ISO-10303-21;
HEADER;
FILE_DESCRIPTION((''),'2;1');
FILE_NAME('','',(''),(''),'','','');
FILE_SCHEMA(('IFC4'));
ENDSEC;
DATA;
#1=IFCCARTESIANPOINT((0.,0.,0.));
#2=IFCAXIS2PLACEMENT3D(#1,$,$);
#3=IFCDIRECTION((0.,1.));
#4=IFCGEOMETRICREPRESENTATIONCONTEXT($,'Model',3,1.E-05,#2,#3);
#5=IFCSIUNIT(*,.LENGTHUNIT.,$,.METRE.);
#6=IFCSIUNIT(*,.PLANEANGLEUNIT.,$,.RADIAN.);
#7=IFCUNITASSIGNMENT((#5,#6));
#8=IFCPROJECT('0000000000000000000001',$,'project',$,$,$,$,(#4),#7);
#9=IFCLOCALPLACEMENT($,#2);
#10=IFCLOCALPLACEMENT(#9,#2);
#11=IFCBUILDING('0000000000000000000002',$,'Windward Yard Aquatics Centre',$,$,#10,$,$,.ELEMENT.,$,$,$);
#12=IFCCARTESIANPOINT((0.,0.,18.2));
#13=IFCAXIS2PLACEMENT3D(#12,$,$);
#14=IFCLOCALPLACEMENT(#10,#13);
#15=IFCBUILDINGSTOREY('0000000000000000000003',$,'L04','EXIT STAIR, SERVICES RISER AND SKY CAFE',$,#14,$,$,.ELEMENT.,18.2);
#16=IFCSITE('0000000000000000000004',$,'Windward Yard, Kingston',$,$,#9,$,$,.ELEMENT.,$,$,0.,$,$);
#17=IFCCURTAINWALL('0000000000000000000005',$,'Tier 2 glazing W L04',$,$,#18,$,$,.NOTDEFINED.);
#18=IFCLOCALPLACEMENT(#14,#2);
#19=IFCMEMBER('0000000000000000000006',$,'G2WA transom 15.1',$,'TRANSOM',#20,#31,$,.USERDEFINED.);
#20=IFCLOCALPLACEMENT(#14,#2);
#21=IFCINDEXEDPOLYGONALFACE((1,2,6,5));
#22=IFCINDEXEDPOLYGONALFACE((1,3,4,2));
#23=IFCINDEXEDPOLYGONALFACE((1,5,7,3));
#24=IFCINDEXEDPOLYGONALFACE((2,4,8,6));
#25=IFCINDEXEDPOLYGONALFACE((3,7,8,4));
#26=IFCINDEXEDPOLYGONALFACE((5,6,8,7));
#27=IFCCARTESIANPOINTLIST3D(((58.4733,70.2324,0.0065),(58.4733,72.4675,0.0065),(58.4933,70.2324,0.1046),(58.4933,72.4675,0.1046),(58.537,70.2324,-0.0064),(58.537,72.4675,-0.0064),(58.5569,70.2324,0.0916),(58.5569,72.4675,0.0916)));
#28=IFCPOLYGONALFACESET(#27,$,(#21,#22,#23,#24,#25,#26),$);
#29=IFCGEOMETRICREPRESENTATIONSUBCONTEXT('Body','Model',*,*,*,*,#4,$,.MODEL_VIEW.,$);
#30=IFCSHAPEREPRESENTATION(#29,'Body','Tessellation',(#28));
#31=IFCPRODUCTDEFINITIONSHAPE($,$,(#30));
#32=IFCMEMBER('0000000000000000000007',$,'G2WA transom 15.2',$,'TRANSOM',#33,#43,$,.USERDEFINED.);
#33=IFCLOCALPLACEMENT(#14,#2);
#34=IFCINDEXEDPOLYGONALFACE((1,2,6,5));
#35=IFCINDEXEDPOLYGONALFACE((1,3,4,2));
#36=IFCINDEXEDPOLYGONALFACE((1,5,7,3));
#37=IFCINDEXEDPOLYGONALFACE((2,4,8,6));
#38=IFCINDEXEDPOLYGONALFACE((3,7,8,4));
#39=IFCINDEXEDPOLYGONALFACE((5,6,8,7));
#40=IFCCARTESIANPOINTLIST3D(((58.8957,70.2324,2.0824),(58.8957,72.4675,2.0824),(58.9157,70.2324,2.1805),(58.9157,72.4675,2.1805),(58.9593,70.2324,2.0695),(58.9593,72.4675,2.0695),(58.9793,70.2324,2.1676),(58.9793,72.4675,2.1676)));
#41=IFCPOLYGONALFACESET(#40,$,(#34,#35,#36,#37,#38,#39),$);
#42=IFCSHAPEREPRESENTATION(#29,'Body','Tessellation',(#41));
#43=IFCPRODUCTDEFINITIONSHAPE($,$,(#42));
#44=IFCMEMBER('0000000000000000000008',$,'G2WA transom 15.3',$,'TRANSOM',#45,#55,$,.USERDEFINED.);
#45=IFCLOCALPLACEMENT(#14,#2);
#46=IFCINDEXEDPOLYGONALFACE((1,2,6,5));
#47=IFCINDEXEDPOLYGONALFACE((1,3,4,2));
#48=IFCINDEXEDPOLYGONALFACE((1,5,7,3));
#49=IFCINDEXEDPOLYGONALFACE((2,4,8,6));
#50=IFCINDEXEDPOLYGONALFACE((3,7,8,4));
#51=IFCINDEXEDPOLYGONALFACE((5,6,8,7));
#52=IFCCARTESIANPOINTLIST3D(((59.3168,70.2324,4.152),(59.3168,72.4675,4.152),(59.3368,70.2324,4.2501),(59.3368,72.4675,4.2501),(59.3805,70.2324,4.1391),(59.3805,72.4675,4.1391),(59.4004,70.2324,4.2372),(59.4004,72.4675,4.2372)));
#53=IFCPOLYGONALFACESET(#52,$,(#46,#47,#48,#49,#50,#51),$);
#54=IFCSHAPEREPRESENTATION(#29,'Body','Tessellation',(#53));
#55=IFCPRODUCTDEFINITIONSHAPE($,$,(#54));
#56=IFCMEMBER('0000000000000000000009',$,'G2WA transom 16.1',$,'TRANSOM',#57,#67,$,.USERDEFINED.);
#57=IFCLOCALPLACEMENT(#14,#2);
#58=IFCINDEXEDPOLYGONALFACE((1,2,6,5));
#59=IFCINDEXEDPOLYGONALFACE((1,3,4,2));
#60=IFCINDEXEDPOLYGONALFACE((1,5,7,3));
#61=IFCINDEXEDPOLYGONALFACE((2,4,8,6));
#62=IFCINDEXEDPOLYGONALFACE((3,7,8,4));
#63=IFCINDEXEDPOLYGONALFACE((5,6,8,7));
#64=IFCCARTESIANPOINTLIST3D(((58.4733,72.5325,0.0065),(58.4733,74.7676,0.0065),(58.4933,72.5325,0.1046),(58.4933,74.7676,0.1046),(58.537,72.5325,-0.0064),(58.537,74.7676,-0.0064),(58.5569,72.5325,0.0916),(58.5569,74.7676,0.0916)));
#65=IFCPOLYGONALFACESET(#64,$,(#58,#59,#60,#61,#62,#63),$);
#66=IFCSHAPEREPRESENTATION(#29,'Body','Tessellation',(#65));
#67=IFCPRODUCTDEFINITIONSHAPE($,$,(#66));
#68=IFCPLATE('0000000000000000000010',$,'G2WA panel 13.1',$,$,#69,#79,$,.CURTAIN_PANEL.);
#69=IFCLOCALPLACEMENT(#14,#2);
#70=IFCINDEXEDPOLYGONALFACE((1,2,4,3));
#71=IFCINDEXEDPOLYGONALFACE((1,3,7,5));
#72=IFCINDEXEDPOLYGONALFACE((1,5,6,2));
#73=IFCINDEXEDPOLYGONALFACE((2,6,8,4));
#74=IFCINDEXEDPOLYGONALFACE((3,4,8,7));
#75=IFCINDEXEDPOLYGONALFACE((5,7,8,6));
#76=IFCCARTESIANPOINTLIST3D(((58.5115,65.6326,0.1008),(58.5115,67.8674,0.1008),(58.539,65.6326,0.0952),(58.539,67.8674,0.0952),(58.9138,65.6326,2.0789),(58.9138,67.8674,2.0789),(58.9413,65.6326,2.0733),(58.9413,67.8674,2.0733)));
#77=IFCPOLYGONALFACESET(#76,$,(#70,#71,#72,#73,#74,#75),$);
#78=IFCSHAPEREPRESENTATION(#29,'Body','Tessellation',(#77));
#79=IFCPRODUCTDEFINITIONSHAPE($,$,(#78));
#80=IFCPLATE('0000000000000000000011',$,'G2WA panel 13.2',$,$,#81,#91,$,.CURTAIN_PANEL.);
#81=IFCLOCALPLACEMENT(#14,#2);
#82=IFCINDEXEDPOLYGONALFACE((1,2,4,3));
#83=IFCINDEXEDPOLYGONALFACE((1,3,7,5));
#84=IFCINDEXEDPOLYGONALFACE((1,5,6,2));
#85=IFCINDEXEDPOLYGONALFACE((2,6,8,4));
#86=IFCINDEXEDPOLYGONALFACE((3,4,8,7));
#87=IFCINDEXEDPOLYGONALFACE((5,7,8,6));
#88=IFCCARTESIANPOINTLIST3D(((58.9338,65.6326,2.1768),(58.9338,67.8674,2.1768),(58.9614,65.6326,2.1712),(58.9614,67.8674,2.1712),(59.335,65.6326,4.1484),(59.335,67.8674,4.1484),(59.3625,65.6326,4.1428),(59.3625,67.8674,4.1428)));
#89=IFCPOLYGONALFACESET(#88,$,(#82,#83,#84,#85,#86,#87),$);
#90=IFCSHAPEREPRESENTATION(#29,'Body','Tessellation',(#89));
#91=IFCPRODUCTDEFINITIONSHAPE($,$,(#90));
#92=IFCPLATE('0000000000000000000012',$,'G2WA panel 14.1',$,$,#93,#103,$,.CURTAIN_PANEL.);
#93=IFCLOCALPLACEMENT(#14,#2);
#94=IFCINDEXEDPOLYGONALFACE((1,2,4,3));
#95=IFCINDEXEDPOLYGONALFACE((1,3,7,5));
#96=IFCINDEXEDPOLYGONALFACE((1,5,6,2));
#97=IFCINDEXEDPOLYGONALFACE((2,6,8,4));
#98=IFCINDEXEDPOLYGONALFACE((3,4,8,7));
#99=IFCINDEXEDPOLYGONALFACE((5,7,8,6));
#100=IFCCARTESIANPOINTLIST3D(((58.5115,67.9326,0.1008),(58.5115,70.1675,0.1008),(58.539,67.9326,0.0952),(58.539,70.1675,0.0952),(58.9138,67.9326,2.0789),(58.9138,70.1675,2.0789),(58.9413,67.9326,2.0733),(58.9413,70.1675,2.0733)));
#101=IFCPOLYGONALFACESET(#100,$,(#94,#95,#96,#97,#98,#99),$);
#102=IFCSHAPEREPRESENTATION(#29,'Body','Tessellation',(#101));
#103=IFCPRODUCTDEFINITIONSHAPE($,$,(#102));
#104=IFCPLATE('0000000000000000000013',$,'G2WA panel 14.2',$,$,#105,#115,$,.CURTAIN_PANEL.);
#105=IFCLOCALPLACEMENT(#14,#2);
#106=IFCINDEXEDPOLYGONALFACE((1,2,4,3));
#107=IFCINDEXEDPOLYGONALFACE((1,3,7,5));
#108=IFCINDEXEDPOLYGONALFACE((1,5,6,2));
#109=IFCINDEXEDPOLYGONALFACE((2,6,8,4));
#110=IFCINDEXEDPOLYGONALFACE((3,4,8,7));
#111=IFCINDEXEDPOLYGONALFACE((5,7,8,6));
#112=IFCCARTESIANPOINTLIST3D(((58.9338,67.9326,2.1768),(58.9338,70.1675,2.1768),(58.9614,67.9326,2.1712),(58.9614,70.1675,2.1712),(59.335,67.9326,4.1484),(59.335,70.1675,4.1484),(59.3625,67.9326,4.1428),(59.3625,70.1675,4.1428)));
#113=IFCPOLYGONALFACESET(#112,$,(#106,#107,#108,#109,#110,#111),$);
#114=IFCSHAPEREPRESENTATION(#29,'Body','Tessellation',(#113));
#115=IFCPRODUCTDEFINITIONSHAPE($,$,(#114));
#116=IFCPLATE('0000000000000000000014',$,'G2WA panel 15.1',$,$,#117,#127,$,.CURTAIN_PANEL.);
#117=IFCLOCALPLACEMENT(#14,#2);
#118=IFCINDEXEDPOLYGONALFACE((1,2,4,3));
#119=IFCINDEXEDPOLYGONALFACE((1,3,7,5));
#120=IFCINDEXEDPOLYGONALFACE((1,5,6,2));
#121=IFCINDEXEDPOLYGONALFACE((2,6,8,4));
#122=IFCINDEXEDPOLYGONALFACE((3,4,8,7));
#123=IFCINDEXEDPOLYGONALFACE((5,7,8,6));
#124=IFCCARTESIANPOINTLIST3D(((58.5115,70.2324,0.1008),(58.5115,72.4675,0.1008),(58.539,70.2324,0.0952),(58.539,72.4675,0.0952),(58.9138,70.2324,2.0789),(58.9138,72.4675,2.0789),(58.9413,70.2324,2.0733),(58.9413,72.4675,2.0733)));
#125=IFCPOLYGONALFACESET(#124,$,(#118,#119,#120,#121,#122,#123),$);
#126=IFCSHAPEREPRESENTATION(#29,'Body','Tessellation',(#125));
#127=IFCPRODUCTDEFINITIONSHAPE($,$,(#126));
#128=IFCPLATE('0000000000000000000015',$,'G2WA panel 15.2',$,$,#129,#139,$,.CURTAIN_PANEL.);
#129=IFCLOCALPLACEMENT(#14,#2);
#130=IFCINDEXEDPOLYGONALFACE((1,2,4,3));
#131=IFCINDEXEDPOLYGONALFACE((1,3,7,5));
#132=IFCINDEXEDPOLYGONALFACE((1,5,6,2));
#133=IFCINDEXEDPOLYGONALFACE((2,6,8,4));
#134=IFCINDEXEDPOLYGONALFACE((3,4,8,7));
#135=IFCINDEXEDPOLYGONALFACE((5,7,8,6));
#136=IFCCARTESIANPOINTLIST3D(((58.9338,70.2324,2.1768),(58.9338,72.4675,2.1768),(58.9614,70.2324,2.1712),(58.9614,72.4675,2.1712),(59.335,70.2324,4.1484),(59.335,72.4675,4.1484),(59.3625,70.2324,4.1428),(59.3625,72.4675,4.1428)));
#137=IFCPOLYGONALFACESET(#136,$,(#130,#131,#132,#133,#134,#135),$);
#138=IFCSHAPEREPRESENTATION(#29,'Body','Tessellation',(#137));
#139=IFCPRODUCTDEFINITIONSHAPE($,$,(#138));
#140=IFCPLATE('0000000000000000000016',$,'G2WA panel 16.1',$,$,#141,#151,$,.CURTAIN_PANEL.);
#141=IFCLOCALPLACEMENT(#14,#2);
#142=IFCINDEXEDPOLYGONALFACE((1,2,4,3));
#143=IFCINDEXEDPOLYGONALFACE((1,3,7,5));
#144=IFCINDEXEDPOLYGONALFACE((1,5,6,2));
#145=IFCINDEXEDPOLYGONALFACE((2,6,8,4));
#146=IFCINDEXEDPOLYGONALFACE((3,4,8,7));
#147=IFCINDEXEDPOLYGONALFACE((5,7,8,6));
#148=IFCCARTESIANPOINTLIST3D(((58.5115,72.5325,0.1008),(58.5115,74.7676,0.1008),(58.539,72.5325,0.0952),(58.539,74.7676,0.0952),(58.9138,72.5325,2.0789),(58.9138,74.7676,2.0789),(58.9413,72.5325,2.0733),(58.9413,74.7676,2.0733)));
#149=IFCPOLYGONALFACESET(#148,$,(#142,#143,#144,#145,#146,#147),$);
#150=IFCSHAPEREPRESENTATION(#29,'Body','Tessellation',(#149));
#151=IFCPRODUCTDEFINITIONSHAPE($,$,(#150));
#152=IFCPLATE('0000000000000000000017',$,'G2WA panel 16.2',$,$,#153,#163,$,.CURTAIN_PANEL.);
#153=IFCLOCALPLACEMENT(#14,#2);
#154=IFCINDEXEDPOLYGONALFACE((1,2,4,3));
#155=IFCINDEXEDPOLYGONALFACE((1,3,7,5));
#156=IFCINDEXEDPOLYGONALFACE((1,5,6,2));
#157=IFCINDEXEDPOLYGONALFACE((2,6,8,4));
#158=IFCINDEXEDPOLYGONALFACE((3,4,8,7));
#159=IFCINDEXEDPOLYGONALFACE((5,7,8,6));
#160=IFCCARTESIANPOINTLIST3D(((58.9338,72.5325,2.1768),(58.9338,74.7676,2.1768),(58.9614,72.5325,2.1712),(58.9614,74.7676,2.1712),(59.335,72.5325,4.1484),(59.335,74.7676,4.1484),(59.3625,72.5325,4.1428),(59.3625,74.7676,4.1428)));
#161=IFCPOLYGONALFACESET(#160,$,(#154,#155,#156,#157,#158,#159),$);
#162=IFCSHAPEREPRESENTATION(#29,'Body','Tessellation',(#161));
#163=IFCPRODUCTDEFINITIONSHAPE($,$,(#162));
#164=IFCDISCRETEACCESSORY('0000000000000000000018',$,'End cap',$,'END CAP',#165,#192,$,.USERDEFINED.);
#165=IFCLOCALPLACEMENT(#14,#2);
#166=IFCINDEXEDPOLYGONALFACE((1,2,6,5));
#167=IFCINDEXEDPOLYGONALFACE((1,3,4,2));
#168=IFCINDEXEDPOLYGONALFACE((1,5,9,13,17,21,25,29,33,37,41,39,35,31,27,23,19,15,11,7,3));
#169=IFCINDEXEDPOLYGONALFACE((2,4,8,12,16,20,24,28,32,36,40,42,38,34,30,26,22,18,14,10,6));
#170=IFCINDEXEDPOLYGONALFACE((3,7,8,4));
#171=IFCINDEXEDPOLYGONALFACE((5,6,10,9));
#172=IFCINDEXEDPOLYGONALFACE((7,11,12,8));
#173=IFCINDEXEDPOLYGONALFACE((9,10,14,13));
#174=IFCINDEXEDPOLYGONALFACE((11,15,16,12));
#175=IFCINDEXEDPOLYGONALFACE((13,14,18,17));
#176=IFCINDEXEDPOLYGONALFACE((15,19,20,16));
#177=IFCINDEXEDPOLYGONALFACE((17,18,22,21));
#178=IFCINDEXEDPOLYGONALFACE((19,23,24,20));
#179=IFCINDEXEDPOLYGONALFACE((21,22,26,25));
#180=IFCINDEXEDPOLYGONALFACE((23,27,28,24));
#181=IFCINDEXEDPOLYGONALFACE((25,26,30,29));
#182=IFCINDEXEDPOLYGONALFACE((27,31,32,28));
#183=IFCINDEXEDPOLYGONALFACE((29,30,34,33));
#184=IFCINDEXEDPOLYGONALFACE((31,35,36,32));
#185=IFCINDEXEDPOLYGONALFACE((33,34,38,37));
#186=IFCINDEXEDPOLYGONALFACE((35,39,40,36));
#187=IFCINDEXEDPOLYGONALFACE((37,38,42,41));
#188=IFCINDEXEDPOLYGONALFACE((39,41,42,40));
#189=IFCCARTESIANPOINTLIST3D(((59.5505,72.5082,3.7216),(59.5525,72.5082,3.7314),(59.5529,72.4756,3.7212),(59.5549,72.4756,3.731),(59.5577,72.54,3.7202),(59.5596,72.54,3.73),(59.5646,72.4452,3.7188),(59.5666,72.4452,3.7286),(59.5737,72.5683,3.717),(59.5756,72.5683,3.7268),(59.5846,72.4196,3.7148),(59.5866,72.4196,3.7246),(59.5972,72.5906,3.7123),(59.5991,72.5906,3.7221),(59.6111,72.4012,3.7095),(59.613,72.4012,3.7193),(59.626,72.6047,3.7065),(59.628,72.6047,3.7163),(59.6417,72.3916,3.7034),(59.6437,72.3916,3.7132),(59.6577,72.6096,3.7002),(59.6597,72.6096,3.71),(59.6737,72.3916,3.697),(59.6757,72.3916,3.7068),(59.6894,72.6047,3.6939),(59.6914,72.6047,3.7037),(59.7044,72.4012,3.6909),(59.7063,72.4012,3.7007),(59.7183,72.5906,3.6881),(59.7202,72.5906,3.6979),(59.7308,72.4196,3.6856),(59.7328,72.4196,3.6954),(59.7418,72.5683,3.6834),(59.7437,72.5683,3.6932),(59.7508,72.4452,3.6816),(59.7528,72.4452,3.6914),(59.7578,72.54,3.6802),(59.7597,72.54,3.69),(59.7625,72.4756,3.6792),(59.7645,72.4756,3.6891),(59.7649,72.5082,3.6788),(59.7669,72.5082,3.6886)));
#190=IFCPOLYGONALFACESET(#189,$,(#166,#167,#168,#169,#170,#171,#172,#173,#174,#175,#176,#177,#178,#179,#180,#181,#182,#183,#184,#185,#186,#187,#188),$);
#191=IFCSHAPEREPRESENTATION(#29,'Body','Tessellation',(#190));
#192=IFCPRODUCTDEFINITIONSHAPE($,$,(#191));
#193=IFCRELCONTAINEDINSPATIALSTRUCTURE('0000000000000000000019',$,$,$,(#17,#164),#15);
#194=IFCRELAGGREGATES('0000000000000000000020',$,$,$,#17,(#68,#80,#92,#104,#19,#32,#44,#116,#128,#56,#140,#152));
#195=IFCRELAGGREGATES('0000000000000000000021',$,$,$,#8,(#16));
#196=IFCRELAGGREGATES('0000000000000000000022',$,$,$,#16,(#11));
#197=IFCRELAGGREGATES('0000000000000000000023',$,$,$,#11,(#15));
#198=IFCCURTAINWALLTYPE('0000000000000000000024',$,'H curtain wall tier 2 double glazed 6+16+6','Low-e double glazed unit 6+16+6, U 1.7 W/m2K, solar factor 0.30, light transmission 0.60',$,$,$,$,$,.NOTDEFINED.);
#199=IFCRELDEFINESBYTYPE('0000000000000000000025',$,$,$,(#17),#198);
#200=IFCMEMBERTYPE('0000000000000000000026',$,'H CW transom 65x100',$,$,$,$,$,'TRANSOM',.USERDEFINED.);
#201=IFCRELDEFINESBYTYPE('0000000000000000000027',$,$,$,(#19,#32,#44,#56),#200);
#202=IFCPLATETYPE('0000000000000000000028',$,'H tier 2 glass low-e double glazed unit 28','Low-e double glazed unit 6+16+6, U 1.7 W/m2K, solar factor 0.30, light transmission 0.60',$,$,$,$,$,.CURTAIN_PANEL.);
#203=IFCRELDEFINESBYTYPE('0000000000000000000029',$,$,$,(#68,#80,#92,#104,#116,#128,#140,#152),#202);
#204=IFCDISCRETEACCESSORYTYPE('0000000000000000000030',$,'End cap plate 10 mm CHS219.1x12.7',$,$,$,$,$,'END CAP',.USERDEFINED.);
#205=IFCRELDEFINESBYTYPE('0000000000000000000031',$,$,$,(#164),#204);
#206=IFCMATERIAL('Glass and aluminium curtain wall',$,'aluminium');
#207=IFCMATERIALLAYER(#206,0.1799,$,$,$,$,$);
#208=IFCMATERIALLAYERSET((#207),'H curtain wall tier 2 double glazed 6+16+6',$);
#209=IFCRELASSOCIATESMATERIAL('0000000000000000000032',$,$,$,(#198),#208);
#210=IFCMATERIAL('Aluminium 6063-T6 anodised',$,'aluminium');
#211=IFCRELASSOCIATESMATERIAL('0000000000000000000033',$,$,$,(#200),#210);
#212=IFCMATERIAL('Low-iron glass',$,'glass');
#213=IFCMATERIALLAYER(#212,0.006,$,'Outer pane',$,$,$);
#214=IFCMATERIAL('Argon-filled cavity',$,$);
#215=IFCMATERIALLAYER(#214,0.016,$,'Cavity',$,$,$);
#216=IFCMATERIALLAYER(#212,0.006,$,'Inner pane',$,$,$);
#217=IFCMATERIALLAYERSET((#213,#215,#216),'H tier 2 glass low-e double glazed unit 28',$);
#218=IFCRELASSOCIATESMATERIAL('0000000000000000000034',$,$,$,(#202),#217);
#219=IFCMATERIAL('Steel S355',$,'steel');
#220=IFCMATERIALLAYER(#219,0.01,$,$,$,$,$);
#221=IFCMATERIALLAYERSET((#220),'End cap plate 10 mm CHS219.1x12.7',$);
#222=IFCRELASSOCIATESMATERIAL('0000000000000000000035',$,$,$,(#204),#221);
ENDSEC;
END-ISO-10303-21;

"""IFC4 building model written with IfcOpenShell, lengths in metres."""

from ifc_helpers import new_model, si_unit, direction, frame, origin, origin_2d, place, context, subcontext, project, spatial, polyline, rectangle, circle, outline, extrude, material, layer, layer_set, material_profile, profile_set, type_object, element, aggregate, save


model = new_model("IFC4")

# Units and contexts
model_context = context("Model", 3, precision=1e-05, world=origin(), true_north=direction((0.0, 1.0)))
body_context = subcontext(model_context, "Body", "Model", "MODEL_VIEW")
ifc_project = project(units=[si_unit("LENGTHUNIT", "METRE"), si_unit("PLANEANGLEUNIT", "RADIAN")], contexts=[model_context])

# Site, building, storey
site_placement = place(None, origin())
site = spatial("IfcSite", under=ifc_project, at=site_placement, Name="Windward Yard, Kingston", CompositionType="ELEMENT", RefElevation=0.0)
building_placement = place(site_placement, origin())
building = spatial("IfcBuilding", under=site, at=building_placement, Name="Windward Yard Aquatics Centre", CompositionType="ELEMENT")
storey_placement = place(building_placement, frame((0.0, 0.0, 18.2)))
storey = spatial("IfcBuildingStorey", under=building, at=storey_placement, Name="L04", Description="EXIT STAIR, SERVICES RISER AND SKY CAFE", CompositionType="ELEMENT", Elevation=18.2)

# Curtain wall, members, plates
ifc_material_1 = material(Name="Glass and aluminium curtain wall", Category="aluminium")
ifc_layer_1 = layer(ifc_material_1, 0.1799)
ifc_layer_set_1 = layer_set([ifc_layer_1], Name="H curtain wall tier 2 double glazed 6+16+6")
curtain_wall_type = type_object("IfcCurtainWallType", Name="H curtain wall tier 2 double glazed 6+16+6", Description="Low-e double glazed unit 6+16+6, U 1.7 W/m2K, solar factor 0.30, light transmission 0.60", PredefinedType="NOTDEFINED", material=ifc_layer_set_1)
curtain_wall_placement = place(storey_placement, origin())
curtain_wall = element("IfcCurtainWall", 1, at=curtain_wall_placement, inside=storey, type_object=curtain_wall_type, Name="Tier 2 glazing W L04", PredefinedType="NOTDEFINED")
ifc_material_2 = material(Name="Aluminium 6063-T6 anodised", Category="aluminium")
ifc_material_profile_1 = material_profile(ifc_material_2, rectangle(XDim=0.0649, YDim=0.1001, at=origin_2d()), Name="H CW transom 65x100")
ifc_profile_set_1 = profile_set([ifc_material_profile_1], Name="Aluminium 6063-T6 anodised")
member_type_1 = type_object("IfcMemberType", Name="H CW transom 65x100", ElementType="TRANSOM", PredefinedType="USERDEFINED", material=ifc_profile_set_1)
member_1_placement = place(storey_placement, frame((58.5151, 70.2324, 0.0491), z_axis=(0.0, 1.0, 0.0), x_axis=(-0.979925, 0.0, 0.199368)))
member_1 = element("IfcMember", 2, at=member_1_placement, type_object=member_type_1, Name="G2WA transom 15.1", ObjectType="TRANSOM", PredefinedType="USERDEFINED", context=body_context, shape_type="SweptSolid", body=[
    extrude(rectangle(XDim=0.0649, YDim=0.1001, at=origin_2d()), origin(), (0.0, 0.0, 1.0), 2.2351),
])
member_2_placement = place(storey_placement, frame((58.9375, 70.2324, 2.125), z_axis=(0.0, 1.0, 0.0), x_axis=(-0.979925, 0.0, 0.199368)))
member_2 = element("IfcMember", 3, at=member_2_placement, type_object=member_type_1, Name="G2WA transom 15.2", ObjectType="TRANSOM", PredefinedType="USERDEFINED", context=body_context, shape_type="SweptSolid", body=[
    extrude(rectangle(XDim=0.0649, YDim=0.1001, at=origin_2d()), origin(), (0.0, 0.0, 1.0), 2.2351),
])
member_3_placement = place(storey_placement, frame((59.3586, 70.2324, 4.1946), z_axis=(0.0, 1.0, 0.0), x_axis=(-0.979925, 0.0, 0.199368)))
member_3 = element("IfcMember", 4, at=member_3_placement, type_object=member_type_1, Name="G2WA transom 15.3", ObjectType="TRANSOM", PredefinedType="USERDEFINED", context=body_context, shape_type="SweptSolid", body=[
    extrude(rectangle(XDim=0.0649, YDim=0.1001, at=origin_2d()), origin(), (0.0, 0.0, 1.0), 2.2351),
])
member_4_placement = place(storey_placement, frame((58.5151, 72.5325, 0.0491), z_axis=(0.0, 1.0, 0.0), x_axis=(-0.979925, 0.0, 0.199368)))
member_4 = element("IfcMember", 5, at=member_4_placement, type_object=member_type_1, Name="G2WA transom 16.1", ObjectType="TRANSOM", PredefinedType="USERDEFINED", context=body_context, shape_type="SweptSolid", body=[
    extrude(rectangle(XDim=0.0649, YDim=0.1001, at=origin_2d()), origin(), (0.0, 0.0, 1.0), 2.2351),
])
ifc_material_3 = material(Name="Low-iron glass", Category="glass")
ifc_layer_2 = layer(ifc_material_3, 0.006, Name="Outer pane")
ifc_material_4 = material(Name="Argon-filled cavity")
ifc_layer_3 = layer(ifc_material_4, 0.016, Name="Cavity")
ifc_layer_4 = layer(ifc_material_3, 0.006, Name="Inner pane")
ifc_layer_set_2 = layer_set([ifc_layer_2, ifc_layer_3, ifc_layer_4], Name="H tier 2 glass low-e double glazed unit 28")
plate_type = type_object("IfcPlateType", Name="H tier 2 glass low-e double glazed unit 28", Description="Low-e double glazed unit 6+16+6, U 1.7 W/m2K, solar factor 0.30, light transmission 0.60", PredefinedType="CURTAIN_PANEL", material=ifc_layer_set_2)
plate_1_placement = place(storey_placement, frame((58.5115, 65.6326, 0.1008), z_axis=(-0.979933, 0.0, 0.199325), x_axis=(0.0, 1.0, 0.0)))
plate_1 = element("IfcPlate", 6, at=plate_1_placement, type_object=plate_type, Name="G2WA panel 13.1", PredefinedType="CURTAIN_PANEL", context=body_context, shape_type="SweptSolid", body=[
    extrude(outline(polyline([(0.0, 0.0), (2.2349, 0.0), (2.2349, -2.0185), (0.0, -2.0185), (0.0, 0.0)])), origin(), (0.0, 0.0, -1.0), 0.0281),
])
plate_2_placement = place(storey_placement, frame((58.9338, 65.6326, 2.1768), z_axis=(-0.979927, 0.0, 0.199359), x_axis=(0.0, 1.0, 0.0)))
plate_2 = element("IfcPlate", 7, at=plate_2_placement, type_object=plate_type, Name="G2WA panel 13.2", PredefinedType="CURTAIN_PANEL", context=body_context, shape_type="SweptSolid", body=[
    extrude(outline(polyline([(0.0, 0.0), (2.2349, 0.0), (2.2349, -2.0121), (0.0, -2.0121), (0.0, 0.0)])), origin(), (0.0, 0.0, -1.0), 0.0281),
])
plate_3_placement = place(storey_placement, frame((58.5115, 67.9326, 0.1008), z_axis=(-0.979933, 0.0, 0.199325), x_axis=(0.0, 1.0, 0.0)))
plate_3 = element("IfcPlate", 8, at=plate_3_placement, type_object=plate_type, Name="G2WA panel 14.1", PredefinedType="CURTAIN_PANEL", context=body_context, shape_type="SweptSolid", body=[
    extrude(outline(polyline([(0.0, 0.0), (2.2349, 0.0), (2.2349, -2.0185), (0.0, -2.0185), (0.0, 0.0)])), origin(), (0.0, 0.0, -1.0), 0.0281),
])
plate_4_placement = place(storey_placement, frame((58.9338, 67.9326, 2.1768), z_axis=(-0.979927, 0.0, 0.199359), x_axis=(0.0, 1.0, 0.0)))
plate_4 = element("IfcPlate", 9, at=plate_4_placement, type_object=plate_type, Name="G2WA panel 14.2", PredefinedType="CURTAIN_PANEL", context=body_context, shape_type="SweptSolid", body=[
    extrude(outline(polyline([(0.0, 0.0), (2.2349, 0.0), (2.2349, -2.0121), (0.0, -2.0121), (0.0, 0.0)])), origin(), (0.0, 0.0, -1.0), 0.0281),
])
plate_5_placement = place(storey_placement, frame((58.5115, 70.2324, 0.1008), z_axis=(-0.979933, 0.0, 0.199325), x_axis=(0.0, 1.0, 0.0)))
plate_5 = element("IfcPlate", 10, at=plate_5_placement, type_object=plate_type, Name="G2WA panel 15.1", PredefinedType="CURTAIN_PANEL", context=body_context, shape_type="SweptSolid", body=[
    extrude(outline(polyline([(0.0, 0.0), (2.2351, 0.0), (2.2351, -2.0185), (0.0, -2.0185), (0.0, 0.0)])), origin(), (0.0, 0.0, -1.0), 0.0281),
])
plate_6_placement = place(storey_placement, frame((58.9338, 70.2324, 2.1768), z_axis=(-0.979927, 0.0, 0.199359), x_axis=(0.0, 1.0, 0.0)))
plate_6 = element("IfcPlate", 11, at=plate_6_placement, type_object=plate_type, Name="G2WA panel 15.2", PredefinedType="CURTAIN_PANEL", context=body_context, shape_type="SweptSolid", body=[
    extrude(outline(polyline([(0.0, 0.0), (2.2351, 0.0), (2.2351, -2.0121), (0.0, -2.0121), (0.0, 0.0)])), origin(), (0.0, 0.0, -1.0), 0.0281),
])
plate_7_placement = place(storey_placement, frame((58.5115, 72.5325, 0.1008), z_axis=(-0.979933, 0.0, 0.199325), x_axis=(0.0, 1.0, 0.0)))
plate_7 = element("IfcPlate", 12, at=plate_7_placement, type_object=plate_type, Name="G2WA panel 16.1", PredefinedType="CURTAIN_PANEL", context=body_context, shape_type="SweptSolid", body=[
    extrude(outline(polyline([(0.0, 0.0), (2.2351, 0.0), (2.2351, -2.0185), (0.0, -2.0185), (0.0, 0.0)])), origin(), (0.0, 0.0, -1.0), 0.0281),
])
plate_8_placement = place(storey_placement, frame((58.9338, 72.5325, 2.1768), z_axis=(-0.979927, 0.0, 0.199359), x_axis=(0.0, 1.0, 0.0)))
plate_8 = element("IfcPlate", 13, at=plate_8_placement, type_object=plate_type, Name="G2WA panel 16.2", PredefinedType="CURTAIN_PANEL", context=body_context, shape_type="SweptSolid", body=[
    extrude(outline(polyline([(0.0, 0.0), (2.2351, 0.0), (2.2351, -2.0121), (0.0, -2.0121), (0.0, 0.0)])), origin(), (0.0, 0.0, -1.0), 0.0281),
])
aggregate(curtain_wall, [plate_1, plate_2, plate_3, plate_4, member_1, member_2, member_3, plate_5, plate_6, member_4, plate_7, plate_8])

# Discrete accessory
ifc_material_5 = material(Name="Steel S355", Category="steel")
ifc_layer_5 = layer(ifc_material_5, 0.01)
ifc_layer_set_3 = layer_set([ifc_layer_5], Name="End cap plate 10 mm CHS219.1x12.7")
discrete_accessory_type = type_object("IfcDiscreteAccessoryType", Name="End cap plate 10 mm CHS219.1x12.7", ElementType="END CAP", PredefinedType="USERDEFINED", material=ifc_layer_set_3)
discrete_accessory_placement = place(storey_placement, frame((59.6577, 72.5, 3.7002), z_axis=(0.196116, 0.0, 0.980581), x_axis=(0.0, 1.0, 0.0)))
element("IfcDiscreteAccessory", 14, at=discrete_accessory_placement, inside=storey, type_object=discrete_accessory_type, Name="End cap", ObjectType="END CAP", PredefinedType="USERDEFINED", context=body_context, shape_type="SweptSolid", body=[
    extrude(circle(Radius=0.1096, at=origin_2d()), origin(), (0.0, 0.0, 1.0), 0.01),
])

save(model, "model.ifc")
